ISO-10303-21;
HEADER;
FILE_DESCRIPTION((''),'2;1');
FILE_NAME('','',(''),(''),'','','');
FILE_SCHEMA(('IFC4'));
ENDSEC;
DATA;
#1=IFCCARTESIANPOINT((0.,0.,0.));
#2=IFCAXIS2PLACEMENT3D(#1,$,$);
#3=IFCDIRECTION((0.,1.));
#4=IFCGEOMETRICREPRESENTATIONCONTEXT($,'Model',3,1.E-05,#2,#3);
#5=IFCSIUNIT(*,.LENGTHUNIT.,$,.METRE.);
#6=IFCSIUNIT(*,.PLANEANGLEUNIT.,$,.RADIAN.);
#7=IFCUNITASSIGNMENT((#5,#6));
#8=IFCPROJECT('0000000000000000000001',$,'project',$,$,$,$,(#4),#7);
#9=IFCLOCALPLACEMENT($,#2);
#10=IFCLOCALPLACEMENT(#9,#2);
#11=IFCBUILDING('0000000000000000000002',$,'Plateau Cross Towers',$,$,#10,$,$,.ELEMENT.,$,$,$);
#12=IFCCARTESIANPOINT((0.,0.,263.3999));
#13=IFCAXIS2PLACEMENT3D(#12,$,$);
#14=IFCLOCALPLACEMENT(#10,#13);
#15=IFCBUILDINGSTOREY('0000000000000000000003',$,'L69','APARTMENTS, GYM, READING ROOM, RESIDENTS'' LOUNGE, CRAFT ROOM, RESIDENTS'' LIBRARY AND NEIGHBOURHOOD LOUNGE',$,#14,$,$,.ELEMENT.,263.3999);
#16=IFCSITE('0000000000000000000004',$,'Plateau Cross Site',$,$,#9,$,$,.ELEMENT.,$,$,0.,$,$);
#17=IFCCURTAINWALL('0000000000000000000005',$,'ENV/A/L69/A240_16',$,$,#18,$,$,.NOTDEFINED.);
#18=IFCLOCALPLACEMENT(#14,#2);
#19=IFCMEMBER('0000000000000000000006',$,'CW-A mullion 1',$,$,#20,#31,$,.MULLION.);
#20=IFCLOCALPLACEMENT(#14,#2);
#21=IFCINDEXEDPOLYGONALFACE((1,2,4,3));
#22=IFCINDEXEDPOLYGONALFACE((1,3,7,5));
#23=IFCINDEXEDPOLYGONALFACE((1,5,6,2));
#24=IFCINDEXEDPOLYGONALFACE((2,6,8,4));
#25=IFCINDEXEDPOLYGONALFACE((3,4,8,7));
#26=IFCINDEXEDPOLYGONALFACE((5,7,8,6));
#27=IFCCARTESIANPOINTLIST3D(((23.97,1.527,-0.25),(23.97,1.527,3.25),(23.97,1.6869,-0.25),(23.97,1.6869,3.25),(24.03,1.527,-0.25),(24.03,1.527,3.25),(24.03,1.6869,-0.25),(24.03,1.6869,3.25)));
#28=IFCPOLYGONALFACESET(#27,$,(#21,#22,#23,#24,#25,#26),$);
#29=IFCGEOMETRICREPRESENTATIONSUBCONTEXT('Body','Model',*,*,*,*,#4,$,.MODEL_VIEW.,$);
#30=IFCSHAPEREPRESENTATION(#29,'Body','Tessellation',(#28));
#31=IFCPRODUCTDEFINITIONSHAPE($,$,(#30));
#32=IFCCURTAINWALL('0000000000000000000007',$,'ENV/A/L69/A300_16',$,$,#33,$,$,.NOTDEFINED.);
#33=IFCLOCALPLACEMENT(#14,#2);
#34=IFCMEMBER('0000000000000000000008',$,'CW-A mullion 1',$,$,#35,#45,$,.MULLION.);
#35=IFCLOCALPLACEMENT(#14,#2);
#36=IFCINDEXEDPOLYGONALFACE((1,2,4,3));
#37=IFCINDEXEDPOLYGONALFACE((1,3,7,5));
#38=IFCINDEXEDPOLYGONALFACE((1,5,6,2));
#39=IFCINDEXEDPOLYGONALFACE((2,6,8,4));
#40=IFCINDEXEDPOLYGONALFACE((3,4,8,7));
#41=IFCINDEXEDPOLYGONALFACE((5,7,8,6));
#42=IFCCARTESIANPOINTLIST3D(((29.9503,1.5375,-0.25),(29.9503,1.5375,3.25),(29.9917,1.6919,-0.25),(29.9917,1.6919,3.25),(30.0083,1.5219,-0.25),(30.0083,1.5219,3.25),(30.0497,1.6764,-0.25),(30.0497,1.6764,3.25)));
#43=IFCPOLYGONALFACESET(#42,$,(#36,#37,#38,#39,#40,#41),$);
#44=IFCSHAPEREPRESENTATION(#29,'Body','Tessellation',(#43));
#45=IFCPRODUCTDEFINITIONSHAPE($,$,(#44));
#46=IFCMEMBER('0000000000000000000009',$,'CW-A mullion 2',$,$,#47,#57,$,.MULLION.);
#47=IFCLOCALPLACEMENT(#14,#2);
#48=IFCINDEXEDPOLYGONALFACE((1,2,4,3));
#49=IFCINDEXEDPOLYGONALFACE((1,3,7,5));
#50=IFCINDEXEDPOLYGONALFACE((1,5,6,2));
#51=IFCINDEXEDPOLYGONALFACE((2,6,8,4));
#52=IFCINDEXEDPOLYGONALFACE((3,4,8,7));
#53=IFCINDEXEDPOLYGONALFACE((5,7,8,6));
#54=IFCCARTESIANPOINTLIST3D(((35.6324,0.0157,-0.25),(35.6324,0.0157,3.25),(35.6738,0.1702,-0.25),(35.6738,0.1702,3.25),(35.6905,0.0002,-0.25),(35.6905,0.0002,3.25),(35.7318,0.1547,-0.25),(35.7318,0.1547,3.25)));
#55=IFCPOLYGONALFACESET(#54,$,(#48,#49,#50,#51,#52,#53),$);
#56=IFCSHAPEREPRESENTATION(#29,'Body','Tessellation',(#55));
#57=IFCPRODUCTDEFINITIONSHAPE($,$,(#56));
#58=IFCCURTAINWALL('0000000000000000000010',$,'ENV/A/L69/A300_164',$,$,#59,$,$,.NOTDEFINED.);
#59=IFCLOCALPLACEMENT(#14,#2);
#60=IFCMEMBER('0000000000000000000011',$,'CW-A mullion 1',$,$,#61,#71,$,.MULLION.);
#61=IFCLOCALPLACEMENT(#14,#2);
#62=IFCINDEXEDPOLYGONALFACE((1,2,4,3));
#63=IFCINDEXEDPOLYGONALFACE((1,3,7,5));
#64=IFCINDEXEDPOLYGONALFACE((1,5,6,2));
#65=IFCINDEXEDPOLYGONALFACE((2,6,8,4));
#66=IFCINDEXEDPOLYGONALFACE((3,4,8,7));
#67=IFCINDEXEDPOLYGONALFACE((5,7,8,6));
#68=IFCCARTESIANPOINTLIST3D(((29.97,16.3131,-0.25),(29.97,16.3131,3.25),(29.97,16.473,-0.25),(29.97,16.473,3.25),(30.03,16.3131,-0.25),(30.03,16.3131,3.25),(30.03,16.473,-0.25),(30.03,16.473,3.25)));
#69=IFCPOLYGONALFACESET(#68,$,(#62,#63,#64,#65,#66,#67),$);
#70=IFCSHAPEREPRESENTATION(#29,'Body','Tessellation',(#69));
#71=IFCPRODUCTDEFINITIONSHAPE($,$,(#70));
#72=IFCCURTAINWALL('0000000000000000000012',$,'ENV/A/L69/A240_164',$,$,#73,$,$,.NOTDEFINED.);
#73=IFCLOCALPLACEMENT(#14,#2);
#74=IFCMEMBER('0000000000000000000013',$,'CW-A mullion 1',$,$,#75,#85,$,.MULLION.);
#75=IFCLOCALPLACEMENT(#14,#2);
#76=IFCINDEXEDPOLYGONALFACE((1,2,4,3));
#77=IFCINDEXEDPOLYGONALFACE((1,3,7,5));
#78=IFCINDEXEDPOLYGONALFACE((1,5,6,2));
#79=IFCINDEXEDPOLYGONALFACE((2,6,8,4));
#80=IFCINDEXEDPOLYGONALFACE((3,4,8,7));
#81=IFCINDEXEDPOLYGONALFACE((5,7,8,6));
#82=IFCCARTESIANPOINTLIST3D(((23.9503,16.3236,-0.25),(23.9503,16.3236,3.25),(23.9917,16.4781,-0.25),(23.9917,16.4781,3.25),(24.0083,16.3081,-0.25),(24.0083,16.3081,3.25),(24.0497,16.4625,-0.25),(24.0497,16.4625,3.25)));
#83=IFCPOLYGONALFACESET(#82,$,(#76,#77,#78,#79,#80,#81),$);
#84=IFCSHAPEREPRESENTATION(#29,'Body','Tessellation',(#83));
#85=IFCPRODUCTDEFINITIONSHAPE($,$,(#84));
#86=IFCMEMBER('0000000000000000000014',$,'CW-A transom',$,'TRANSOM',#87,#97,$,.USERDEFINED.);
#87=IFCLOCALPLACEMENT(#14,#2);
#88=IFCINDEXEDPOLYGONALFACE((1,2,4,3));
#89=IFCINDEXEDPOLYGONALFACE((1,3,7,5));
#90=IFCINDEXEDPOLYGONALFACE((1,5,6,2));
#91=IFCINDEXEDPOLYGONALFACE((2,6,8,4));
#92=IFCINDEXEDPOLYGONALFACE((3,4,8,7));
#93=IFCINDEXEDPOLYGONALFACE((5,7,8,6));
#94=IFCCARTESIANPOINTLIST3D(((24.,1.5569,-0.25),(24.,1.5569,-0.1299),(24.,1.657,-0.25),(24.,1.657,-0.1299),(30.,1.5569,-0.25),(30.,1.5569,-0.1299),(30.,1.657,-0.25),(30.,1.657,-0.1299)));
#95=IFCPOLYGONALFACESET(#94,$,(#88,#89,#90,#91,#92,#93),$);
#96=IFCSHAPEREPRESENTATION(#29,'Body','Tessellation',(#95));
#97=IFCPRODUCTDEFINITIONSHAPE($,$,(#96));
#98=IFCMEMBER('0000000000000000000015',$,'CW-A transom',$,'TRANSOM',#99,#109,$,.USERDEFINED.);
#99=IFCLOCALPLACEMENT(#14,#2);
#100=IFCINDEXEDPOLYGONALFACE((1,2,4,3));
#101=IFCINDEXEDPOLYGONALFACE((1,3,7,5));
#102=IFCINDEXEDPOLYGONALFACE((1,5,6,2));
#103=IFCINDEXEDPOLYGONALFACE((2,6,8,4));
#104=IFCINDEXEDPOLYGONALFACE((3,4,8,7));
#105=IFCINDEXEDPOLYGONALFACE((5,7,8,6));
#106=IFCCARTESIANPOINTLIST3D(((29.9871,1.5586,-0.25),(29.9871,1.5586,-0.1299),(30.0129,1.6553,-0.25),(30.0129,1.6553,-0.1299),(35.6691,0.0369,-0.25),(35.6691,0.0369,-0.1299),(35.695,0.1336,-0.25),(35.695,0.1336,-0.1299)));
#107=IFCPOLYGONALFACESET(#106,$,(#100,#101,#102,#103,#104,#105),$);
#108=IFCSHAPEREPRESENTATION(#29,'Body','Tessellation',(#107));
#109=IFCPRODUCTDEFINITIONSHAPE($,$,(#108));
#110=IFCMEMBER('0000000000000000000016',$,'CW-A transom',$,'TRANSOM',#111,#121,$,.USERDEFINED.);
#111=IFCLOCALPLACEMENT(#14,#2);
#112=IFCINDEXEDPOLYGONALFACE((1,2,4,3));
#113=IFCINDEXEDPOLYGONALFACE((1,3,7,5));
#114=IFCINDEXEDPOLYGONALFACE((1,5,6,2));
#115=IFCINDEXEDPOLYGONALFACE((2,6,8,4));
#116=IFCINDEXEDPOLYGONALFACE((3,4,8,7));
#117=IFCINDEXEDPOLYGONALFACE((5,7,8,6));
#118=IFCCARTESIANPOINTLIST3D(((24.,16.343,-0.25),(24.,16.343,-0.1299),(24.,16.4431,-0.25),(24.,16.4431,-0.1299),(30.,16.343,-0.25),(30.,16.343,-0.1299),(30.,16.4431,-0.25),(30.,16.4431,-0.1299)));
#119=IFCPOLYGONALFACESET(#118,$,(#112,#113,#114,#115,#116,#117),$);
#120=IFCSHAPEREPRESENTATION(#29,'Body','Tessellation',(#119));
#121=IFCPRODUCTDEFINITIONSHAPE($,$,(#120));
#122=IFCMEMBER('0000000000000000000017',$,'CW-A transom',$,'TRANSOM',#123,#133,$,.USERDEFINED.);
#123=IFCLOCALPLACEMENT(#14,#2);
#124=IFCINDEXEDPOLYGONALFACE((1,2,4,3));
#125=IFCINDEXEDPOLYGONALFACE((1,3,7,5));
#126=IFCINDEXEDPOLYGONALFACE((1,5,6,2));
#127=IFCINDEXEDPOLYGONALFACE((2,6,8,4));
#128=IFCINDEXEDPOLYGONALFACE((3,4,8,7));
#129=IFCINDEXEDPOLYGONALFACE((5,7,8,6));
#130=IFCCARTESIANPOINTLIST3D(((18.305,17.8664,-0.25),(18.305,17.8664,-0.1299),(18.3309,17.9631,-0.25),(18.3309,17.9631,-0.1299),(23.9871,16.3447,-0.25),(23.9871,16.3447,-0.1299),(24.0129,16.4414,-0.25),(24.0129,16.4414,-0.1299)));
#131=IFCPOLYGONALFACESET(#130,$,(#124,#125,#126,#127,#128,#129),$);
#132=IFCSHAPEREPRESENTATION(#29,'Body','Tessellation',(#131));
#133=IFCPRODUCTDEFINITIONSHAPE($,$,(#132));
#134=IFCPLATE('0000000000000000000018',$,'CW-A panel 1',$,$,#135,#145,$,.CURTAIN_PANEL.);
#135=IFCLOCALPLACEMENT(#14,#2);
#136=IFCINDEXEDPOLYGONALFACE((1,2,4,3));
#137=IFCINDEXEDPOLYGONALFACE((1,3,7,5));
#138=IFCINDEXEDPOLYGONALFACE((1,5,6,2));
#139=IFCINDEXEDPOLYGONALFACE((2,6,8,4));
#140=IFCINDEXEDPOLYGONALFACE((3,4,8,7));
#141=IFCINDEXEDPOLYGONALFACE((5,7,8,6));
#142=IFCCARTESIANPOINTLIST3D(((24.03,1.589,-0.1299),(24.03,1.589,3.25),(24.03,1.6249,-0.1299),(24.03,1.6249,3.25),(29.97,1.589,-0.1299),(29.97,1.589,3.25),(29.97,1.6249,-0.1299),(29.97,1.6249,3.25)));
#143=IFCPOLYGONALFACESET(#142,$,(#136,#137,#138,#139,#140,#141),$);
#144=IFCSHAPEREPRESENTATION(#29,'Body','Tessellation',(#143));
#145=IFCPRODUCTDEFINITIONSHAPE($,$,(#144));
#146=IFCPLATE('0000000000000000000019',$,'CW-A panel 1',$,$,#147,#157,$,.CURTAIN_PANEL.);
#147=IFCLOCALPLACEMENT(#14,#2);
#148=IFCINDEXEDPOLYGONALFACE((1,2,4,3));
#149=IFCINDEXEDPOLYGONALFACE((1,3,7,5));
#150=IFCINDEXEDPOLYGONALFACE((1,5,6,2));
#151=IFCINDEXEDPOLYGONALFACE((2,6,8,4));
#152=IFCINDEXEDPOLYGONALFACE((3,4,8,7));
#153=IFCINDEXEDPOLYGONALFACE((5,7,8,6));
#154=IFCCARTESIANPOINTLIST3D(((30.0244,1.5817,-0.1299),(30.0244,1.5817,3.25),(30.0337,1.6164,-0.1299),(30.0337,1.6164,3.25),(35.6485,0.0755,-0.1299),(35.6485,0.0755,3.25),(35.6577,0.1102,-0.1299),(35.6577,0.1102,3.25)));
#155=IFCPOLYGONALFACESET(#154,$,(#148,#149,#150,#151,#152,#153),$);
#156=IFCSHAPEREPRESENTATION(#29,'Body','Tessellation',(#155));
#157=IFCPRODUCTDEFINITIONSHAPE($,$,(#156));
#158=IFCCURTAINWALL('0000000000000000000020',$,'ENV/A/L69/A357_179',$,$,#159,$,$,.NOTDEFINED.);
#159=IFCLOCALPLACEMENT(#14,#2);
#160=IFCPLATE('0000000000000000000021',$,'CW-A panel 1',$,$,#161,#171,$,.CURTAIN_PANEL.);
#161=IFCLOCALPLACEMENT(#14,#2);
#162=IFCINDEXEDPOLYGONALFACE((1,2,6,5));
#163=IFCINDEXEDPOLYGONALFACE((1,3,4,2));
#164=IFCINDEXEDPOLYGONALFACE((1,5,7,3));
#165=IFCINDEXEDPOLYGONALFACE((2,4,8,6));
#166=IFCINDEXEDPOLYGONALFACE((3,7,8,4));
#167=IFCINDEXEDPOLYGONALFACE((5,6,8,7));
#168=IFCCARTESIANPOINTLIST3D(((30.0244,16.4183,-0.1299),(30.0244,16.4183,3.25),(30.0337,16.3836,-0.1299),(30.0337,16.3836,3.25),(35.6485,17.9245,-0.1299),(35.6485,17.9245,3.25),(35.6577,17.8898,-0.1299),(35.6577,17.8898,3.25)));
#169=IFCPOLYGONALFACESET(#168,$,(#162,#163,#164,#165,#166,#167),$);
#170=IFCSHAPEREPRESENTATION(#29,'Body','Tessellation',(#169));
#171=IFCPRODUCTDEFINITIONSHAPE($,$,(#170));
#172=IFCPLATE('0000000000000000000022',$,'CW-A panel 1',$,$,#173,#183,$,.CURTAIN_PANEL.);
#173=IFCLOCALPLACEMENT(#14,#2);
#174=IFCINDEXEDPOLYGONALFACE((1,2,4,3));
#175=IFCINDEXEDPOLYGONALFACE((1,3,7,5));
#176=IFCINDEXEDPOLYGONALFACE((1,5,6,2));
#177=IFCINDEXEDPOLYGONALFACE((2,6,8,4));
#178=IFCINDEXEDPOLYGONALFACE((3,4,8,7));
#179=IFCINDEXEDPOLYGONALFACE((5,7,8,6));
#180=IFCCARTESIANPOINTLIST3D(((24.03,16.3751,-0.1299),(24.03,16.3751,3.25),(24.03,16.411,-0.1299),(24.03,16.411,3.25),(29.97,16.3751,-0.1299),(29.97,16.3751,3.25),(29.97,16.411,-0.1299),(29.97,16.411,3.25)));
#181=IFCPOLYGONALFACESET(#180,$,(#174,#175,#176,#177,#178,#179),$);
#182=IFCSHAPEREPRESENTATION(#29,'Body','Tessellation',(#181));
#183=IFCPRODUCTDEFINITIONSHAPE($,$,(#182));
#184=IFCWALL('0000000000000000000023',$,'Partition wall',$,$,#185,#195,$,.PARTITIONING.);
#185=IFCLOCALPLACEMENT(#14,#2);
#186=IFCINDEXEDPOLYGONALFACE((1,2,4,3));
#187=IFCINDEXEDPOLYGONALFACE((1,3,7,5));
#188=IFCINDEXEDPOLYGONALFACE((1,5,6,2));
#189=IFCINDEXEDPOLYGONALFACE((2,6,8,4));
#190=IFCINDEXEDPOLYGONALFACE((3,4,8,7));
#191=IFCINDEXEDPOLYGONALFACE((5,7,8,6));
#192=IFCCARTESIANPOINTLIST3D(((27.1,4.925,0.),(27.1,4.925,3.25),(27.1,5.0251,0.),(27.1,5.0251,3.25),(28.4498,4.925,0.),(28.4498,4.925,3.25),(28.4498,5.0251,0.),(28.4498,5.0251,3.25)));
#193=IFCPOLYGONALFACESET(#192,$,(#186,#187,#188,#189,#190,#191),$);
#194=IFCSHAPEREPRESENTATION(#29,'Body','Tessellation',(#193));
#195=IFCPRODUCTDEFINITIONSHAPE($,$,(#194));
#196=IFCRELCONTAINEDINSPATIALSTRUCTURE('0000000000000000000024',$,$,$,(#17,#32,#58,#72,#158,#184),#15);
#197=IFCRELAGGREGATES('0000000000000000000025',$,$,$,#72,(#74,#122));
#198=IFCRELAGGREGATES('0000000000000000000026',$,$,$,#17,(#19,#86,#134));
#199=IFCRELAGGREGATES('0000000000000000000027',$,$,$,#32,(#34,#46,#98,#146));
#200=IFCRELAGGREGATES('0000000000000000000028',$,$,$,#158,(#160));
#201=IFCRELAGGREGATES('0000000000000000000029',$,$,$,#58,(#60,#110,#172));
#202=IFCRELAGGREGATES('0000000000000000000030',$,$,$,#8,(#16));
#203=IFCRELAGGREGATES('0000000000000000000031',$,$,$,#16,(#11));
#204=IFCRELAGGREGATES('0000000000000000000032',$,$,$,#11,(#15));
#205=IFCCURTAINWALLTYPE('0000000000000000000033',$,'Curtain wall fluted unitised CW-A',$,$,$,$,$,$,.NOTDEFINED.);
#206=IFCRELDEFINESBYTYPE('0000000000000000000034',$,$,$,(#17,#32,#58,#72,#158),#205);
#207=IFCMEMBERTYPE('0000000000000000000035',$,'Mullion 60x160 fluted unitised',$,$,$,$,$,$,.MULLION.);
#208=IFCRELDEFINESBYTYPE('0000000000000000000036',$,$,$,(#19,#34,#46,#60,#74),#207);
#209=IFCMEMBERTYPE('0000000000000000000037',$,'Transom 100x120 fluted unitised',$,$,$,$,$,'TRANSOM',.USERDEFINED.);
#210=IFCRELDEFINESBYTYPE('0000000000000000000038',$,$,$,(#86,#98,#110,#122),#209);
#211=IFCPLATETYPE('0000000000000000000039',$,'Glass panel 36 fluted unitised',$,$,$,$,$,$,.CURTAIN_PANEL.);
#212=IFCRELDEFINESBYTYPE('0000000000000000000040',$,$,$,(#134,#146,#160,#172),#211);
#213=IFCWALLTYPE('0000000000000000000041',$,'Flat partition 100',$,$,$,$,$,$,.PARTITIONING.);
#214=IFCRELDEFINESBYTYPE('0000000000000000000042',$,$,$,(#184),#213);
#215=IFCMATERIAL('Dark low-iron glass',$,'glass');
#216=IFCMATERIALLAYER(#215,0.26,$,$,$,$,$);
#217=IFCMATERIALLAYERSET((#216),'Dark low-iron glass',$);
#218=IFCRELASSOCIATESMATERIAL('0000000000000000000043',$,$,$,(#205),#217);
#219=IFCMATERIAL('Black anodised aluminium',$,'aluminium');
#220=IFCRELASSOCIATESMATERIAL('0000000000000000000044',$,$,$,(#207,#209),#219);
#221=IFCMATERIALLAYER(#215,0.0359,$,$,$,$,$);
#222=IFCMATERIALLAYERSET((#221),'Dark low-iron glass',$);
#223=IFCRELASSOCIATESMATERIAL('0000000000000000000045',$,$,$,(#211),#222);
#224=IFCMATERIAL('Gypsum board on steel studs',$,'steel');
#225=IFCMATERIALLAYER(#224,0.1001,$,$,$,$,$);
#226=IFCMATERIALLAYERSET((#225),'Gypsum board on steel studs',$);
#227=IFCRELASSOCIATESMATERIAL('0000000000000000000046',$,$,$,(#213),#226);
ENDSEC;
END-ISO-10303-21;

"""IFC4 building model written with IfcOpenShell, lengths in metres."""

from ifc_helpers import new_model, si_unit, direction, frame, frame_2d, origin, origin_2d, place, context, subcontext, project, spatial, rectangle, extrude, material, layer, layer_set, material_profile, profile_set, type_object, element, aggregate, save


model = new_model("IFC4")

# Units and contexts
model_context = context("Model", 3, precision=1e-05, world=origin(), true_north=direction((0.0, 1.0)))
body_context = subcontext(model_context, "Body", "Model", "MODEL_VIEW")
ifc_project = project(units=[si_unit("LENGTHUNIT", "METRE"), si_unit("PLANEANGLEUNIT", "RADIAN")], contexts=[model_context])

# Site, building, storey
site_placement = place(None, origin())
site = spatial("IfcSite", under=ifc_project, at=site_placement, Name="Plateau Cross Site", CompositionType="ELEMENT", RefElevation=0.0)
building_placement = place(site_placement, origin())
building = spatial("IfcBuilding", under=site, at=building_placement, Name="Plateau Cross Towers", CompositionType="ELEMENT")
storey_placement = place(building_placement, frame((0.0, 0.0, 263.3999)))
storey = spatial("IfcBuildingStorey", under=building, at=storey_placement, Name="L69", Description="APARTMENTS, GYM, READING ROOM, RESIDENTS' LOUNGE, CRAFT ROOM, RESIDENTS' LIBRARY AND NEIGHBOURHOOD LOUNGE", CompositionType="ELEMENT", Elevation=263.3999)

# Curtain wall, member
ifc_material_1 = material(Name="Dark low-iron glass", Category="glass")
ifc_layer_1 = layer(ifc_material_1, 0.26)
ifc_layer_set_1 = layer_set([ifc_layer_1], Name="Dark low-iron glass")
curtain_wall_type = type_object("IfcCurtainWallType", Name="Curtain wall fluted unitised CW-A", PredefinedType="NOTDEFINED", material=ifc_layer_set_1)
curtain_wall_1_placement = place(storey_placement, origin())
curtain_wall_1 = element("IfcCurtainWall", 1, at=curtain_wall_1_placement, inside=storey, type_object=curtain_wall_type, Name="ENV/A/L69/A240_16", PredefinedType="NOTDEFINED")
ifc_material_2 = material(Name="Black anodised aluminium", Category="aluminium")
ifc_material_profile_1 = material_profile(ifc_material_2, rectangle(XDim=0.0601, YDim=0.1599, at=origin_2d()), Name="MULLION 60x160")
ifc_profile_set_1 = profile_set([ifc_material_profile_1], Name="Black anodised aluminium")
member_type_1 = type_object("IfcMemberType", Name="Mullion 60x160 fluted unitised", PredefinedType="MULLION", material=ifc_profile_set_1)
member_1_placement = place(storey_placement, frame((24.0, 1.6069, -0.25), z_axis=(0.0, 0.0, 1.0), x_axis=(1.0, 0.0, 0.0)))
member_1 = element("IfcMember", 2, at=member_1_placement, type_object=member_type_1, Name="CW-A mullion 1", PredefinedType="MULLION", context=body_context, shape_type="SweptSolid", body=[
    extrude(rectangle(XDim=0.0601, YDim=0.1599, at=origin_2d()), origin(), (0.0, 0.0, 1.0), 3.5),
])

# Curtain wall, members
curtain_wall_2_placement = place(storey_placement, origin())
curtain_wall_2 = element("IfcCurtainWall", 3, at=curtain_wall_2_placement, inside=storey, type_object=curtain_wall_type, Name="ENV/A/L69/A300_16", PredefinedType="NOTDEFINED")
member_2_placement = place(storey_placement, frame((30.0, 1.6069, -0.25), z_axis=(0.0, 0.0, 1.0), x_axis=(0.965958, -0.258699, 0.0)))
member_2 = element("IfcMember", 4, at=member_2_placement, type_object=member_type_1, Name="CW-A mullion 1", PredefinedType="MULLION", context=body_context, shape_type="SweptSolid", body=[
    extrude(rectangle(XDim=0.0601, YDim=0.1599, at=origin_2d()), origin(), (0.0, 0.0, 1.0), 3.5),
])
member_3_placement = place(storey_placement, frame((35.6821, 0.0852, -0.25), z_axis=(0.0, 0.0, 1.0), x_axis=(0.965958, -0.258699, 0.0)))
member_3 = element("IfcMember", 5, at=member_3_placement, type_object=member_type_1, Name="CW-A mullion 2", PredefinedType="MULLION", context=body_context, shape_type="SweptSolid", body=[
    extrude(rectangle(XDim=0.0601, YDim=0.1599, at=origin_2d()), origin(), (0.0, 0.0, 1.0), 3.5),
])

# Curtain walls, members
curtain_wall_3_placement = place(storey_placement, origin())
curtain_wall_3 = element("IfcCurtainWall", 6, at=curtain_wall_3_placement, inside=storey, type_object=curtain_wall_type, Name="ENV/A/L69/A300_164", PredefinedType="NOTDEFINED")
member_4_placement = place(storey_placement, frame((30.0, 16.3931, -0.25), z_axis=(0.0, 0.0, 1.0), x_axis=(-1.0, 0.0, 0.0)))
member_4 = element("IfcMember", 7, at=member_4_placement, type_object=member_type_1, Name="CW-A mullion 1", PredefinedType="MULLION", context=body_context, shape_type="SweptSolid", body=[
    extrude(rectangle(XDim=0.0601, YDim=0.1599, at=origin_2d()), origin(), (0.0, 0.0, 1.0), 3.5),
])
curtain_wall_4_placement = place(storey_placement, origin())
curtain_wall_4 = element("IfcCurtainWall", 8, at=curtain_wall_4_placement, inside=storey, type_object=curtain_wall_type, Name="ENV/A/L69/A240_164", PredefinedType="NOTDEFINED")
member_5_placement = place(storey_placement, frame((24.0, 16.3931, -0.25), z_axis=(0.0, 0.0, 1.0), x_axis=(-0.965958, 0.258699, 0.0)))
member_5 = element("IfcMember", 9, at=member_5_placement, type_object=member_type_1, Name="CW-A mullion 1", PredefinedType="MULLION", context=body_context, shape_type="SweptSolid", body=[
    extrude(rectangle(XDim=0.0601, YDim=0.1599, at=origin_2d()), origin(), (0.0, 0.0, 1.0), 3.5),
])

# Members
ifc_material_profile_2 = material_profile(ifc_material_2, rectangle(XDim=0.1001, YDim=0.1201, at=origin_2d()), Name="TRANSOM 100x120")
ifc_profile_set_2 = profile_set([ifc_material_profile_2], Name="Black anodised aluminium")
member_type_2 = type_object("IfcMemberType", Name="Transom 100x120 fluted unitised", ElementType="TRANSOM", PredefinedType="USERDEFINED", material=ifc_profile_set_2)
member_6_placement = place(storey_placement, frame((24.0, 1.6069, -0.1899), z_axis=(1.0, 0.0, 0.0), x_axis=(0.0, 1.0, 0.0)))
member_6 = element("IfcMember", 10, at=member_6_placement, type_object=member_type_2, Name="CW-A transom", ObjectType="TRANSOM", PredefinedType="USERDEFINED", context=body_context, shape_type="SweptSolid", body=[
    extrude(rectangle(XDim=0.1001, YDim=0.1201, at=origin_2d()), origin(), (0.0, 0.0, 1.0), 6.0),
])
member_7_placement = place(storey_placement, frame((30.0, 1.6069, -0.1899), z_axis=(0.96596, -0.258693, 0.0), x_axis=(0.258693, 0.96596, 0.0)))
member_7 = element("IfcMember", 11, at=member_7_placement, type_object=member_type_2, Name="CW-A transom", ObjectType="TRANSOM", PredefinedType="USERDEFINED", context=body_context, shape_type="SweptSolid", body=[
    extrude(rectangle(XDim=0.1001, YDim=0.1201, at=origin_2d()), origin(), (0.0, 0.0, 1.0), 5.8823),
])
member_8_placement = place(storey_placement, frame((30.0, 16.3931, -0.1899), z_axis=(-1.0, 0.0, 0.0), x_axis=(0.0, -1.0, 0.0)))
member_8 = element("IfcMember", 12, at=member_8_placement, type_object=member_type_2, Name="CW-A transom", ObjectType="TRANSOM", PredefinedType="USERDEFINED", context=body_context, shape_type="SweptSolid", body=[
    extrude(rectangle(XDim=0.1001, YDim=0.1201, at=origin_2d()), origin(), (0.0, 0.0, 1.0), 6.0),
])
member_9_placement = place(storey_placement, frame((24.0, 16.3931, -0.1899), z_axis=(-0.96596, 0.258693, 0.0), x_axis=(-0.258693, -0.96596, 0.0)))
member_9 = element("IfcMember", 13, at=member_9_placement, type_object=member_type_2, Name="CW-A transom", ObjectType="TRANSOM", PredefinedType="USERDEFINED", context=body_context, shape_type="SweptSolid", body=[
    extrude(rectangle(XDim=0.1001, YDim=0.1201, at=origin_2d()), origin(), (0.0, 0.0, 1.0), 5.8823),
])
aggregate(curtain_wall_4, [member_5, member_9])

# Plates
ifc_layer_2 = layer(ifc_material_1, 0.0359)
ifc_layer_set_2 = layer_set([ifc_layer_2], Name="Dark low-iron glass")
plate_type = type_object("IfcPlateType", Name="Glass panel 36 fluted unitised", PredefinedType="CURTAIN_PANEL", material=ifc_layer_set_2)
plate_1_placement = place(storey_placement, frame((27.0, 1.6069, -0.1299), z_axis=(0.0, 0.0, 1.0), x_axis=(1.0, 0.0, 0.0)))
plate_1 = element("IfcPlate", 14, at=plate_1_placement, type_object=plate_type, Name="CW-A panel 1", PredefinedType="CURTAIN_PANEL", context=body_context, shape_type="SweptSolid", body=[
    extrude(rectangle(XDim=5.9399, YDim=0.0359, at=origin_2d()), origin(), (0.0, 0.0, 1.0), 3.3799),
])
aggregate(curtain_wall_1, [member_1, member_6, plate_1])
plate_2_placement = place(storey_placement, frame((32.8411, 0.8459, -0.1299), z_axis=(0.0, 0.0, 1.0), x_axis=(0.965958, -0.258699, 0.0)))
plate_2 = element("IfcPlate", 15, at=plate_2_placement, type_object=plate_type, Name="CW-A panel 1", PredefinedType="CURTAIN_PANEL", context=body_context, shape_type="SweptSolid", body=[
    extrude(rectangle(XDim=5.8223, YDim=0.0359, at=origin_2d()), origin(), (0.0, 0.0, 1.0), 3.3799),
])
aggregate(curtain_wall_2, [member_2, member_3, member_7, plate_2])

# Curtain wall, plate
curtain_wall_5_placement = place(storey_placement, origin())
curtain_wall_5 = element("IfcCurtainWall", 16, at=curtain_wall_5_placement, inside=storey, type_object=curtain_wall_type, Name="ENV/A/L69/A357_179", PredefinedType="NOTDEFINED")
plate_3_placement = place(storey_placement, frame((32.8411, 17.1541, -0.1299), z_axis=(0.0, 0.0, 1.0), x_axis=(-0.965958, -0.258699, 0.0)))
plate_3 = element("IfcPlate", 17, at=plate_3_placement, type_object=plate_type, Name="CW-A panel 1", PredefinedType="CURTAIN_PANEL", context=body_context, shape_type="SweptSolid", body=[
    extrude(rectangle(XDim=5.8223, YDim=0.0359, at=origin_2d()), origin(), (0.0, 0.0, 1.0), 3.3799),
])
aggregate(curtain_wall_5, [plate_3])

# Plate
plate_4_placement = place(storey_placement, frame((27.0, 16.3931, -0.1299), z_axis=(0.0, 0.0, 1.0), x_axis=(-1.0, 0.0, 0.0)))
plate_4 = element("IfcPlate", 18, at=plate_4_placement, type_object=plate_type, Name="CW-A panel 1", PredefinedType="CURTAIN_PANEL", context=body_context, shape_type="SweptSolid", body=[
    extrude(rectangle(XDim=5.9399, YDim=0.0359, at=origin_2d()), origin(), (0.0, 0.0, 1.0), 3.3799),
])
aggregate(curtain_wall_3, [member_4, member_8, plate_4])

# Wall
ifc_material_3 = material(Name="Gypsum board on steel studs", Category="steel")
ifc_layer_3 = layer(ifc_material_3, 0.1001)
ifc_layer_set_3 = layer_set([ifc_layer_3], Name="Gypsum board on steel studs")
wall_type_1 = type_object("IfcWallType", Name="Flat partition 100", PredefinedType="PARTITIONING", material=ifc_layer_set_3)
for number, where, z_axis, x_axis, name in (
    (19, (27.1001, 4.9751, 0.0), (0.0, 0.0, 1.0), (1.0, 0.0, 0.0), "Partition wall"),
):
    element("IfcWall", number, at=place(storey_placement, frame(where, z_axis=z_axis, x_axis=x_axis)), inside=storey, type_object=wall_type_1, Name=name, PredefinedType="PARTITIONING", context=body_context, shape_type="SweptSolid", body=[
        extrude(rectangle(XDim=1.3499, YDim=0.1001, at=frame_2d((0.6748, 0.0))), origin(), (0.0, 0.0, 1.0), 3.25),
    ])

save(model, "model.ifc")
